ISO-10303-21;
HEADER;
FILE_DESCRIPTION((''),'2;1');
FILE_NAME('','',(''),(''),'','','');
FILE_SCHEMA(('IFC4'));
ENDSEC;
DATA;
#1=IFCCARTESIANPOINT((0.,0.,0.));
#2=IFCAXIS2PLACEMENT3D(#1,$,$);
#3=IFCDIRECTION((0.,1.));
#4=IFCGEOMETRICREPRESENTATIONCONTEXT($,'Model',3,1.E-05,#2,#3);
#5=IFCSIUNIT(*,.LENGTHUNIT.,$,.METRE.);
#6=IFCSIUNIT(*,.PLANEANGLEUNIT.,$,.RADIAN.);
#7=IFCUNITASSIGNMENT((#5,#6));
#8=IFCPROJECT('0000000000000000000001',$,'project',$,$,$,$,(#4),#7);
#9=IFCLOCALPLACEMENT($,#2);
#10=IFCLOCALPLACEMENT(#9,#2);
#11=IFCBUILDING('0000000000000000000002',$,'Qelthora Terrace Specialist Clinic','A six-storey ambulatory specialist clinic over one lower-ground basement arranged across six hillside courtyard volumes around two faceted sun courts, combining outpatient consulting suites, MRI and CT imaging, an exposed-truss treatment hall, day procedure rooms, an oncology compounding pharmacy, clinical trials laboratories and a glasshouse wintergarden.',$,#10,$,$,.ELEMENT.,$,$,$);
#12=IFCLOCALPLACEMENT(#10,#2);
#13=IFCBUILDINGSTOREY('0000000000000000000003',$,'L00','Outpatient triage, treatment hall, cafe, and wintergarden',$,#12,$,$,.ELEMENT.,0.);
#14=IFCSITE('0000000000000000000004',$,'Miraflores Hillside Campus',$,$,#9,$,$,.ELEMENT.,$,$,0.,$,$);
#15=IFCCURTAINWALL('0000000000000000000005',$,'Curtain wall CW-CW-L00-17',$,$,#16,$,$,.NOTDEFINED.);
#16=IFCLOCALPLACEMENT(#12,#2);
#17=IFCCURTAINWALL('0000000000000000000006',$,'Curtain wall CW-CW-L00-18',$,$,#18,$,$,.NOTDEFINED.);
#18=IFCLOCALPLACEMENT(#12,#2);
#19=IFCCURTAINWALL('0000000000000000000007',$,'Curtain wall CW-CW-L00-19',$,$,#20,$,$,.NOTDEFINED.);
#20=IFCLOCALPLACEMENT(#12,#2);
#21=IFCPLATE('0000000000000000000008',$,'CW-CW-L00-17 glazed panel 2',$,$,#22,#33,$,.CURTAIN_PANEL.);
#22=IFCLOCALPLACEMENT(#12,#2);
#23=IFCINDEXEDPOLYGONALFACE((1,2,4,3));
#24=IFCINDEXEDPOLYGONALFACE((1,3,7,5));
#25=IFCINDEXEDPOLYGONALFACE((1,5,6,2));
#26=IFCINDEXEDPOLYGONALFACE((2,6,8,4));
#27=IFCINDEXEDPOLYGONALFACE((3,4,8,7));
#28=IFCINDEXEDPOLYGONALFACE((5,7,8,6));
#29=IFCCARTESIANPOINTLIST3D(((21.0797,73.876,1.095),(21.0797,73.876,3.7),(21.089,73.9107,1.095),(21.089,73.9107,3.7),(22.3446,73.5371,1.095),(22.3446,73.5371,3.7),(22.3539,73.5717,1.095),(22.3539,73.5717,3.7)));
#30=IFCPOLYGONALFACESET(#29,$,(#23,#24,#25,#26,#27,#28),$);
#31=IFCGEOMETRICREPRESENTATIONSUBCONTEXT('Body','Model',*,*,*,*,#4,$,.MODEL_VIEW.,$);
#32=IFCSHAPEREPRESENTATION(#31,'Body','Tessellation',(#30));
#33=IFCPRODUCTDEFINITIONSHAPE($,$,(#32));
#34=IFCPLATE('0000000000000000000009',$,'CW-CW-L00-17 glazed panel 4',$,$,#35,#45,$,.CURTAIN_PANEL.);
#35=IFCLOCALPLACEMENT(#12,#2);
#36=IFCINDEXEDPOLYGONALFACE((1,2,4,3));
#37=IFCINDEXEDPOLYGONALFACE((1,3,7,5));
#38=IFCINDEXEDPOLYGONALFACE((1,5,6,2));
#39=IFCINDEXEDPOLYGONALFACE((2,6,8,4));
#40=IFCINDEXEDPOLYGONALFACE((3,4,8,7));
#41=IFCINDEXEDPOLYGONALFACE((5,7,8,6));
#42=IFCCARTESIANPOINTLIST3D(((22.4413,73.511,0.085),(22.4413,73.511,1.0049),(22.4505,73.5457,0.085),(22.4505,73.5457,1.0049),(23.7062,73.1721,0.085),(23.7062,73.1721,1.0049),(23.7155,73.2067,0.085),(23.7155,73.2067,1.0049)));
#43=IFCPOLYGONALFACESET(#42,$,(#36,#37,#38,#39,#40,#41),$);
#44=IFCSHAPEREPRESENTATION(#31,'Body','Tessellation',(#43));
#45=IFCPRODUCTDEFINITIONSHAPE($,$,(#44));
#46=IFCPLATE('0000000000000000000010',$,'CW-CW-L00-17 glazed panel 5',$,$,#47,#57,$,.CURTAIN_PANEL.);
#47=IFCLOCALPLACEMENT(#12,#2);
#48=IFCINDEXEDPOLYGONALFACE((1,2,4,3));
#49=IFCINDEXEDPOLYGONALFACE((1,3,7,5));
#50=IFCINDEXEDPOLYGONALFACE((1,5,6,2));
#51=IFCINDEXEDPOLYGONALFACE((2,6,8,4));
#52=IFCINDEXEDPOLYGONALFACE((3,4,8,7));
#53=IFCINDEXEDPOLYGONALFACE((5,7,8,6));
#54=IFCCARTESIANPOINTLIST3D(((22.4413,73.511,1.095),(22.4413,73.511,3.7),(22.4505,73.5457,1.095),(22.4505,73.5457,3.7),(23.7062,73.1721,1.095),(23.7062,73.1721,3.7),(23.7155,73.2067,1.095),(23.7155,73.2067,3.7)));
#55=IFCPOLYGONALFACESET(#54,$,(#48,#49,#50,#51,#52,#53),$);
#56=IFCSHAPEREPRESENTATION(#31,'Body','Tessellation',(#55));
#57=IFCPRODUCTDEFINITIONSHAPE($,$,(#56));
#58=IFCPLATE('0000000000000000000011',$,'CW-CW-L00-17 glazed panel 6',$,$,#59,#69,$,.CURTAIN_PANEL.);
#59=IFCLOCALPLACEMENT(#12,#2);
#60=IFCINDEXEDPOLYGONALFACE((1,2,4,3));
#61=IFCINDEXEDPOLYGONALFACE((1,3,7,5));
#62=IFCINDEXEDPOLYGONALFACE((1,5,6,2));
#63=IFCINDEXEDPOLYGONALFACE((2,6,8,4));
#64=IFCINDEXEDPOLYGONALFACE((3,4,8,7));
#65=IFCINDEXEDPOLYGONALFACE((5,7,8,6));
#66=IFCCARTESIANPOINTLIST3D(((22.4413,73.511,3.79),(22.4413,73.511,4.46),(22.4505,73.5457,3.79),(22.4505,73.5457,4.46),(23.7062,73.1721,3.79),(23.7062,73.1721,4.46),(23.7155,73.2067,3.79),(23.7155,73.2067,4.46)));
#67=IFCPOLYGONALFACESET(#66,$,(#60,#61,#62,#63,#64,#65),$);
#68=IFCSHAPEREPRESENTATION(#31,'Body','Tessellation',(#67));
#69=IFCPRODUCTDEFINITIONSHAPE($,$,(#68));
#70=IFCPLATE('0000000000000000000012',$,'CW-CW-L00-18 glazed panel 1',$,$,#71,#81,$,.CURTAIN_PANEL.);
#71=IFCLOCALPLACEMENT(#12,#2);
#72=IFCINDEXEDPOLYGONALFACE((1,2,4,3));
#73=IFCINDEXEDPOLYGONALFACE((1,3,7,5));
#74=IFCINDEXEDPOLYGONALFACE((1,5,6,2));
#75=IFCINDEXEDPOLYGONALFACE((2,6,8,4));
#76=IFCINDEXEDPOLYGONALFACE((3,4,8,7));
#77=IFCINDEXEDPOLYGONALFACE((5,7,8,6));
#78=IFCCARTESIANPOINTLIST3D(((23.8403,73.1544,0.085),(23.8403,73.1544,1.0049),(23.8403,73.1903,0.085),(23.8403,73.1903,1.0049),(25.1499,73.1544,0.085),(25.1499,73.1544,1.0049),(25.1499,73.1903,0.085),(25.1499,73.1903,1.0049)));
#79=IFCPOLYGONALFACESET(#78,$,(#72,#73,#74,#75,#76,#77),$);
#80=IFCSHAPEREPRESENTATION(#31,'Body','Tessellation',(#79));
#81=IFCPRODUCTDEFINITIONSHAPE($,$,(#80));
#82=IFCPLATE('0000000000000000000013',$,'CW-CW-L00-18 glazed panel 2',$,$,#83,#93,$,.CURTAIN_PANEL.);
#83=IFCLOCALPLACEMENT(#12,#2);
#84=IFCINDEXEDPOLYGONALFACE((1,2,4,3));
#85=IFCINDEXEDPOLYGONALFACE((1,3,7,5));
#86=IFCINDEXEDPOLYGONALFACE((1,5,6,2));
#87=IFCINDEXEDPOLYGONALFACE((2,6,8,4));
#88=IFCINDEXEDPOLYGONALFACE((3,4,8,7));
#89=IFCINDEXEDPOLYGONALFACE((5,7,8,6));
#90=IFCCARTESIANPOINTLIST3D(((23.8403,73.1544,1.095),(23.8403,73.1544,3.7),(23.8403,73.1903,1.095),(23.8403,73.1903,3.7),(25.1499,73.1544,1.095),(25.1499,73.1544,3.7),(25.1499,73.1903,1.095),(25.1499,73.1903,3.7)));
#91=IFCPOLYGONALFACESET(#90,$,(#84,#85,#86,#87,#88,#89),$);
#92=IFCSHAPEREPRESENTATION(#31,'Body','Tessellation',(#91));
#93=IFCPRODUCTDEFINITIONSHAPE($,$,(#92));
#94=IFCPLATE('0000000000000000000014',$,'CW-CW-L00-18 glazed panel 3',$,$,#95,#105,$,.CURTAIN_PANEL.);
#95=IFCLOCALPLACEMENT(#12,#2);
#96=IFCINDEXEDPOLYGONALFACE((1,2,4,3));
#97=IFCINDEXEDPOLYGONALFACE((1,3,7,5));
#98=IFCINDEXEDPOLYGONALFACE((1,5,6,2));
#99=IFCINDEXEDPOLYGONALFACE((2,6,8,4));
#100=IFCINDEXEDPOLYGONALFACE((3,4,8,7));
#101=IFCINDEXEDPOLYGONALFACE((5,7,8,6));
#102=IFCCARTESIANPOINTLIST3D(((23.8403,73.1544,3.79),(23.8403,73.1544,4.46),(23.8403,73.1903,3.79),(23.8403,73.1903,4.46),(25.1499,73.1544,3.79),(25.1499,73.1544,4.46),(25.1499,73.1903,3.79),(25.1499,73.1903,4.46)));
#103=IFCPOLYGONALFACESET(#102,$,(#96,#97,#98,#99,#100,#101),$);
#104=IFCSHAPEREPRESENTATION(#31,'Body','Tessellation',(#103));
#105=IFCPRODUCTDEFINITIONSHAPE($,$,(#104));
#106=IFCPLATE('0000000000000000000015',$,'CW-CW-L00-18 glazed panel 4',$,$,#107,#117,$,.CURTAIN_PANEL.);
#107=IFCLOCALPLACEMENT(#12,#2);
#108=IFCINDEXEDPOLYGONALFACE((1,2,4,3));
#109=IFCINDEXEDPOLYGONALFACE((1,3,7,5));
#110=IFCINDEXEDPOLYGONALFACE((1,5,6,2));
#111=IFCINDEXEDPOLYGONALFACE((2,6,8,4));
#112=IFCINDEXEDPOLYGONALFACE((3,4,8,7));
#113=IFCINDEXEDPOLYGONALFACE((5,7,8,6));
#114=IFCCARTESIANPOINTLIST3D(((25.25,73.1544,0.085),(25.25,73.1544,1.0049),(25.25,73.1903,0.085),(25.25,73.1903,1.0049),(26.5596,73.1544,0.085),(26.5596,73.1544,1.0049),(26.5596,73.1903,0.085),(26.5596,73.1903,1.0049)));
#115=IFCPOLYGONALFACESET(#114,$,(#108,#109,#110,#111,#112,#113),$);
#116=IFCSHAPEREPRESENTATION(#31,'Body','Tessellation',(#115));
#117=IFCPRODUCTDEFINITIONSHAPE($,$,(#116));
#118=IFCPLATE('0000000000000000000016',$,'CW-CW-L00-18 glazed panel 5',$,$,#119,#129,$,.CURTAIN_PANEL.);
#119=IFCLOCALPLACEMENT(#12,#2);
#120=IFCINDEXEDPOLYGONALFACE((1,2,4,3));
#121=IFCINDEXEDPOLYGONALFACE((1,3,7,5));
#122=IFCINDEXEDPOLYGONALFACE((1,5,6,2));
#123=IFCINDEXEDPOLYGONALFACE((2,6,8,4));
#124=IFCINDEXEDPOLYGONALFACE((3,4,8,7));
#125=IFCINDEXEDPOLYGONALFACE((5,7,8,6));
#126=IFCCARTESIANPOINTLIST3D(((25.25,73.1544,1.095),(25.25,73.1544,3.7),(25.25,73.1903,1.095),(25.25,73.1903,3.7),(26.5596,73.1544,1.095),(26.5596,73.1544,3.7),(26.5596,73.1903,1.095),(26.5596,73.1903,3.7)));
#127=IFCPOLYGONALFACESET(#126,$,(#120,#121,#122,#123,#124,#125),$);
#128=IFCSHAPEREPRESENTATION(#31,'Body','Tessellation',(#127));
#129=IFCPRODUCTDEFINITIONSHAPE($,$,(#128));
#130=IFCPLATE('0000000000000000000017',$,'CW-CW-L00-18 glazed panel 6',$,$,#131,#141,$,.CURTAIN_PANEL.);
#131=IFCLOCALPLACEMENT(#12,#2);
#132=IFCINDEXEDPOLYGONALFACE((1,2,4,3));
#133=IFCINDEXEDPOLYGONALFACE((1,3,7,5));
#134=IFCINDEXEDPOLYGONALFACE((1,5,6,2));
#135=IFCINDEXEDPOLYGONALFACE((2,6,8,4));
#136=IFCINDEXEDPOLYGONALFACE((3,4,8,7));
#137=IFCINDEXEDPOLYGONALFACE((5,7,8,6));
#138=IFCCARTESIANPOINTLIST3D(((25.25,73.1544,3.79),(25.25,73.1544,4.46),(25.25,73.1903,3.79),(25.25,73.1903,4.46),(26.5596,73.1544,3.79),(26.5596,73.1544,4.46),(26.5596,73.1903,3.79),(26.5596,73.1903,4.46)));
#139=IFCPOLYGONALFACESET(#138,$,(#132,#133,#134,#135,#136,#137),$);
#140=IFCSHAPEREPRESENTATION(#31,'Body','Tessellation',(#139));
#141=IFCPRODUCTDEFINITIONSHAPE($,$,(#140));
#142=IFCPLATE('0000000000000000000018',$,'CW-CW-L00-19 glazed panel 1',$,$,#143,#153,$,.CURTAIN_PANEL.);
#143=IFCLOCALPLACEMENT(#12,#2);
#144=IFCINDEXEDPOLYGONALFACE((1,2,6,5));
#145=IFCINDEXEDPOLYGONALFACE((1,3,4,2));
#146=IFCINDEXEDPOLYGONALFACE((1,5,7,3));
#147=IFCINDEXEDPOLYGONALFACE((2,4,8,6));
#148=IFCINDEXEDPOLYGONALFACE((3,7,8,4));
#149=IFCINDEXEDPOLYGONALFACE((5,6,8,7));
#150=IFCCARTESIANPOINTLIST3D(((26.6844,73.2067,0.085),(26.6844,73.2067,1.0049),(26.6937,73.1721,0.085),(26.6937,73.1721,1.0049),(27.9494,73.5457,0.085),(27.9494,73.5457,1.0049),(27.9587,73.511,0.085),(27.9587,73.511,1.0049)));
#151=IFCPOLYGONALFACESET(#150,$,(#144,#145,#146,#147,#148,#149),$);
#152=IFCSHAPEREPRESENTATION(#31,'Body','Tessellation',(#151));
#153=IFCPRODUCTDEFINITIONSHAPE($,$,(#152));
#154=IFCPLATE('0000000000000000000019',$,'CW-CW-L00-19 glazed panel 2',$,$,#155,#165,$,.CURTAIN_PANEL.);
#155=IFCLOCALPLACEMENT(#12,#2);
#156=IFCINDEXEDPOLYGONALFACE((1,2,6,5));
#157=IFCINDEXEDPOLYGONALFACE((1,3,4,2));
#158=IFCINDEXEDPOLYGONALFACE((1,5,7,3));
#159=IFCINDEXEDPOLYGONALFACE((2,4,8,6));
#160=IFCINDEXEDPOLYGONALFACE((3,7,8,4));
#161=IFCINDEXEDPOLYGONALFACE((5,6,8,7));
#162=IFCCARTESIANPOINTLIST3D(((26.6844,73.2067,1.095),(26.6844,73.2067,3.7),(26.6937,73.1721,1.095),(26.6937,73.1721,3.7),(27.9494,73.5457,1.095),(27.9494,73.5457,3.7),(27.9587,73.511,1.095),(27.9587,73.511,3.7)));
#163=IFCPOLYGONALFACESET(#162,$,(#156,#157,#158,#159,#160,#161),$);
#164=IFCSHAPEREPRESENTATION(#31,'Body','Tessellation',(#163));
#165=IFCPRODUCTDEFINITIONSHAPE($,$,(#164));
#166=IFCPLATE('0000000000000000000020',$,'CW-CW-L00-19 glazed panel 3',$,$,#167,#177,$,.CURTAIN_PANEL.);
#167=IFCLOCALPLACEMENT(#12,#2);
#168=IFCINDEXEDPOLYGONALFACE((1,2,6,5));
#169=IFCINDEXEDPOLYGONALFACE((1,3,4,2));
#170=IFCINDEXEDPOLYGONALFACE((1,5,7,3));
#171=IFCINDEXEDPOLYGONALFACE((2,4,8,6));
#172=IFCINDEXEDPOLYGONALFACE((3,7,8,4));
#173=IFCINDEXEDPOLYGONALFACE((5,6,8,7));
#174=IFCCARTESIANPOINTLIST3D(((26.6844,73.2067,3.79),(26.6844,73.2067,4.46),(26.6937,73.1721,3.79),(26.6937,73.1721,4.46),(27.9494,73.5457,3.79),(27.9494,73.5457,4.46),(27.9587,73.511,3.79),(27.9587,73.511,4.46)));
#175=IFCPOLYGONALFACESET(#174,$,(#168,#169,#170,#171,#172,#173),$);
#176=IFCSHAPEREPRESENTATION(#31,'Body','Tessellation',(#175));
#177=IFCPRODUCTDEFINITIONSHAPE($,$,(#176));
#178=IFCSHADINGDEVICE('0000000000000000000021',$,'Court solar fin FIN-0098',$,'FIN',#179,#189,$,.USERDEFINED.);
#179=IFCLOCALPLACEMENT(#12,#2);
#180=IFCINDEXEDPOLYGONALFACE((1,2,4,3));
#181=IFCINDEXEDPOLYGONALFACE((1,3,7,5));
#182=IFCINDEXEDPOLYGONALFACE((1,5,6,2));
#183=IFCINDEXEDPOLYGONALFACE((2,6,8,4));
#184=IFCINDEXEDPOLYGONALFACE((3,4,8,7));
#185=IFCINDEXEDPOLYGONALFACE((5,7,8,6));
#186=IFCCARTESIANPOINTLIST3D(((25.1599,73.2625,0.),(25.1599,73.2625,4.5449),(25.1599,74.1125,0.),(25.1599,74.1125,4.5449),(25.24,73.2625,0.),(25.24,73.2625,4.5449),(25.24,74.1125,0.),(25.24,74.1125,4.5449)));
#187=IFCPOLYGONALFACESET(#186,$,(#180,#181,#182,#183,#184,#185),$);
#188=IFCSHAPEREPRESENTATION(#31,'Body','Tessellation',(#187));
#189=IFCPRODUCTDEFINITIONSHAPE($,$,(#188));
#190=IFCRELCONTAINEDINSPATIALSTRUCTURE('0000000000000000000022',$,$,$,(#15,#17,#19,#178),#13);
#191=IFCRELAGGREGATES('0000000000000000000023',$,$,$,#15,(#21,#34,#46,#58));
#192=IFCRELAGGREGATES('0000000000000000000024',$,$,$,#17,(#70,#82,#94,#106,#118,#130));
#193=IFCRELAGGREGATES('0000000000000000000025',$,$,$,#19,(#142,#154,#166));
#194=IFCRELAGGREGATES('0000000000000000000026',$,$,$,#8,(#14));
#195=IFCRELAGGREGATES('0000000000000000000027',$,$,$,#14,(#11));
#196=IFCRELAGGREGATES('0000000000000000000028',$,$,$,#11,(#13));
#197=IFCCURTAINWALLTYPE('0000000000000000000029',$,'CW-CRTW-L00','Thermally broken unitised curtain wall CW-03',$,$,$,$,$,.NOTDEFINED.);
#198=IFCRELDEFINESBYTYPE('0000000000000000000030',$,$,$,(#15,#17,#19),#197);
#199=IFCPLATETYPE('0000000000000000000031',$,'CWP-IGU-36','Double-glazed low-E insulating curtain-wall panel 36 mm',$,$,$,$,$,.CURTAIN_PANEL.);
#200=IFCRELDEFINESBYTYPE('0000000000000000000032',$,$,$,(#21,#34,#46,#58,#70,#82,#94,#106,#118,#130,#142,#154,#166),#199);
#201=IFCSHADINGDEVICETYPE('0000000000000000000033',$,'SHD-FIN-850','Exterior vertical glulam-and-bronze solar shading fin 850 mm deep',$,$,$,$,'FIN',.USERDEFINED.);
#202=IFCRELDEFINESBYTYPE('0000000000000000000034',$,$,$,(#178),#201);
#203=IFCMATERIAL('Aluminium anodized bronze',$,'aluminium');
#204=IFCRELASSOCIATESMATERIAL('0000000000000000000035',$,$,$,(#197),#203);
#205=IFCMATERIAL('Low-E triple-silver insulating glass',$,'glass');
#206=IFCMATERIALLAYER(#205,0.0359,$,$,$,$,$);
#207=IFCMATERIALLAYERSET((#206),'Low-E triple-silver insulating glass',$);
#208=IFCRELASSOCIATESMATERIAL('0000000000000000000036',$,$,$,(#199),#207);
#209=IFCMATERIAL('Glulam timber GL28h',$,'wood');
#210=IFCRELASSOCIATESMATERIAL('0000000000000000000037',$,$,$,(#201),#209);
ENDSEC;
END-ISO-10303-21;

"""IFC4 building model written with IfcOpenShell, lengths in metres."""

from ifc_helpers import new_model, si_unit, direction, frame, origin, origin_2d, place, context, subcontext, project, spatial, rectangle, extrude, material, layer, layer_set, type_object, element, aggregate, save


model = new_model("IFC4")

# Units and contexts
model_context = context("Model", 3, precision=1e-05, world=origin(), true_north=direction((0.0, 1.0)))
body_context = subcontext(model_context, "Body", "Model", "MODEL_VIEW")
ifc_project = project(units=[si_unit("LENGTHUNIT", "METRE"), si_unit("PLANEANGLEUNIT", "RADIAN")], contexts=[model_context])

# Site, building, storey
site_placement = place(None, origin())
site = spatial("IfcSite", under=ifc_project, at=site_placement, Name="Miraflores Hillside Campus", CompositionType="ELEMENT", RefElevation=0.0)
building_placement = place(site_placement, origin())
building = spatial("IfcBuilding", under=site, at=building_placement, Name="Qelthora Terrace Specialist Clinic", Description="A six-storey ambulatory specialist clinic over one lower-ground basement arranged across six hillside courtyard volumes around two faceted sun courts, combining outpatient consulting suites, MRI and CT imaging, an exposed-truss treatment hall, day procedure rooms, an oncology compounding pharmacy, clinical trials laboratories and a glasshouse wintergarden.", CompositionType="ELEMENT")
storey_placement = place(building_placement, origin())
storey = spatial("IfcBuildingStorey", under=building, at=storey_placement, Name="L00", Description="Outpatient triage, treatment hall, cafe, and wintergarden", CompositionType="ELEMENT", Elevation=0.0)

# Curtain walls
ifc_material_1 = material(Name="Aluminium anodized bronze", Category="aluminium")
curtain_wall_type = type_object("IfcCurtainWallType", Name="CW-CRTW-L00", Description="Thermally broken unitised curtain wall CW-03", PredefinedType="NOTDEFINED", material=ifc_material_1)
curtain_wall_1_placement = place(storey_placement, origin())
curtain_wall_1 = element("IfcCurtainWall", 1, at=curtain_wall_1_placement, inside=storey, type_object=curtain_wall_type, Name="Curtain wall CW-CW-L00-17", PredefinedType="NOTDEFINED")
curtain_wall_2_placement = place(storey_placement, origin())
curtain_wall_2 = element("IfcCurtainWall", 2, at=curtain_wall_2_placement, inside=storey, type_object=curtain_wall_type, Name="Curtain wall CW-CW-L00-18", PredefinedType="NOTDEFINED")
curtain_wall_3_placement = place(storey_placement, origin())
curtain_wall_3 = element("IfcCurtainWall", 3, at=curtain_wall_3_placement, inside=storey, type_object=curtain_wall_type, Name="Curtain wall CW-CW-L00-19", PredefinedType="NOTDEFINED")

# Plates
ifc_material_2 = material(Name="Low-E triple-silver insulating glass", Category="glass")
ifc_layer = layer(ifc_material_2, 0.0359)
ifc_layer_set = layer_set([ifc_layer], Name="Low-E triple-silver insulating glass")
plate_type = type_object("IfcPlateType", Name="CWP-IGU-36", Description="Double-glazed low-E insulating curtain-wall panel 36 mm", PredefinedType="CURTAIN_PANEL", material=ifc_layer_set)
plate_1_placement = place(storey_placement, frame((21.7168, 73.7239, 1.095), z_axis=(0.0, 0.0, 1.0), x_axis=(0.965925, -0.258821, 0.0)))
plate_1 = element("IfcPlate", 4, at=plate_1_placement, type_object=plate_type, Name="CW-CW-L00-17 glazed panel 2", PredefinedType="CURTAIN_PANEL", context=body_context, shape_type="SweptSolid", body=[
    extrude(rectangle(XDim=1.3096, YDim=0.0359, at=origin_2d()), origin(), (0.0, 0.0, 1.0), 2.605),
])
plate_2_placement = place(storey_placement, frame((23.0784, 73.3589, 0.085), z_axis=(0.0, 0.0, 1.0), x_axis=(0.965925, -0.258821, 0.0)))
plate_2 = element("IfcPlate", 5, at=plate_2_placement, type_object=plate_type, Name="CW-CW-L00-17 glazed panel 4", PredefinedType="CURTAIN_PANEL", context=body_context, shape_type="SweptSolid", body=[
    extrude(rectangle(XDim=1.3096, YDim=0.0359, at=origin_2d()), origin(), (0.0, 0.0, 1.0), 0.9199),
])
plate_3_placement = place(storey_placement, frame((23.0784, 73.3589, 1.095), z_axis=(0.0, 0.0, 1.0), x_axis=(0.965925, -0.258821, 0.0)))
plate_3 = element("IfcPlate", 6, at=plate_3_placement, type_object=plate_type, Name="CW-CW-L00-17 glazed panel 5", PredefinedType="CURTAIN_PANEL", context=body_context, shape_type="SweptSolid", body=[
    extrude(rectangle(XDim=1.3096, YDim=0.0359, at=origin_2d()), origin(), (0.0, 0.0, 1.0), 2.605),
])
plate_4_placement = place(storey_placement, frame((23.0784, 73.3589, 3.79), z_axis=(0.0, 0.0, 1.0), x_axis=(0.965925, -0.258821, 0.0)))
plate_4 = element("IfcPlate", 7, at=plate_4_placement, type_object=plate_type, Name="CW-CW-L00-17 glazed panel 6", PredefinedType="CURTAIN_PANEL", context=body_context, shape_type="SweptSolid", body=[
    extrude(rectangle(XDim=1.3096, YDim=0.0359, at=origin_2d()), origin(), (0.0, 0.0, 1.0), 0.6699),
])
aggregate(curtain_wall_1, [plate_1, plate_2, plate_3, plate_4])
plate_5_placement = place(storey_placement, frame((24.4951, 73.1724, 0.085), z_axis=(0.0, 0.0, 1.0), x_axis=(1.0, 0.0, 0.0)))
plate_5 = element("IfcPlate", 8, at=plate_5_placement, type_object=plate_type, Name="CW-CW-L00-18 glazed panel 1", PredefinedType="CURTAIN_PANEL", context=body_context, shape_type="SweptSolid", body=[
    extrude(rectangle(XDim=1.3096, YDim=0.0359, at=origin_2d()), origin(), (0.0, 0.0, 1.0), 0.9199),
])
plate_6_placement = place(storey_placement, frame((24.4951, 73.1724, 1.095), z_axis=(0.0, 0.0, 1.0), x_axis=(1.0, 0.0, 0.0)))
plate_6 = element("IfcPlate", 9, at=plate_6_placement, type_object=plate_type, Name="CW-CW-L00-18 glazed panel 2", PredefinedType="CURTAIN_PANEL", context=body_context, shape_type="SweptSolid", body=[
    extrude(rectangle(XDim=1.3096, YDim=0.0359, at=origin_2d()), origin(), (0.0, 0.0, 1.0), 2.605),
])
plate_7_placement = place(storey_placement, frame((24.4951, 73.1724, 3.79), z_axis=(0.0, 0.0, 1.0), x_axis=(1.0, 0.0, 0.0)))
plate_7 = element("IfcPlate", 10, at=plate_7_placement, type_object=plate_type, Name="CW-CW-L00-18 glazed panel 3", PredefinedType="CURTAIN_PANEL", context=body_context, shape_type="SweptSolid", body=[
    extrude(rectangle(XDim=1.3096, YDim=0.0359, at=origin_2d()), origin(), (0.0, 0.0, 1.0), 0.6699),
])
plate_8_placement = place(storey_placement, frame((25.9048, 73.1724, 0.085), z_axis=(0.0, 0.0, 1.0), x_axis=(1.0, 0.0, 0.0)))
plate_8 = element("IfcPlate", 11, at=plate_8_placement, type_object=plate_type, Name="CW-CW-L00-18 glazed panel 4", PredefinedType="CURTAIN_PANEL", context=body_context, shape_type="SweptSolid", body=[
    extrude(rectangle(XDim=1.3096, YDim=0.0359, at=origin_2d()), origin(), (0.0, 0.0, 1.0), 0.9199),
])
plate_9_placement = place(storey_placement, frame((25.9048, 73.1724, 1.095), z_axis=(0.0, 0.0, 1.0), x_axis=(1.0, 0.0, 0.0)))
plate_9 = element("IfcPlate", 12, at=plate_9_placement, type_object=plate_type, Name="CW-CW-L00-18 glazed panel 5", PredefinedType="CURTAIN_PANEL", context=body_context, shape_type="SweptSolid", body=[
    extrude(rectangle(XDim=1.3096, YDim=0.0359, at=origin_2d()), origin(), (0.0, 0.0, 1.0), 2.605),
])
plate_10_placement = place(storey_placement, frame((25.9048, 73.1724, 3.79), z_axis=(0.0, 0.0, 1.0), x_axis=(1.0, 0.0, 0.0)))
plate_10 = element("IfcPlate", 13, at=plate_10_placement, type_object=plate_type, Name="CW-CW-L00-18 glazed panel 6", PredefinedType="CURTAIN_PANEL", context=body_context, shape_type="SweptSolid", body=[
    extrude(rectangle(XDim=1.3096, YDim=0.0359, at=origin_2d()), origin(), (0.0, 0.0, 1.0), 0.6699),
])
aggregate(curtain_wall_2, [plate_5, plate_6, plate_7, plate_8, plate_9, plate_10])
plate_11_placement = place(storey_placement, frame((27.3215, 73.3589, 0.085), z_axis=(0.0, 0.0, 1.0), x_axis=(0.965925, 0.258821, 0.0)))
plate_11 = element("IfcPlate", 14, at=plate_11_placement, type_object=plate_type, Name="CW-CW-L00-19 glazed panel 1", PredefinedType="CURTAIN_PANEL", context=body_context, shape_type="SweptSolid", body=[
    extrude(rectangle(XDim=1.3096, YDim=0.0359, at=origin_2d()), origin(), (0.0, 0.0, 1.0), 0.9199),
])
plate_12_placement = place(storey_placement, frame((27.3215, 73.3589, 1.095), z_axis=(0.0, 0.0, 1.0), x_axis=(0.965925, 0.258821, 0.0)))
plate_12 = element("IfcPlate", 15, at=plate_12_placement, type_object=plate_type, Name="CW-CW-L00-19 glazed panel 2", PredefinedType="CURTAIN_PANEL", context=body_context, shape_type="SweptSolid", body=[
    extrude(rectangle(XDim=1.3096, YDim=0.0359, at=origin_2d()), origin(), (0.0, 0.0, 1.0), 2.605),
])
plate_13_placement = place(storey_placement, frame((27.3215, 73.3589, 3.79), z_axis=(0.0, 0.0, 1.0), x_axis=(0.965925, 0.258821, 0.0)))
plate_13 = element("IfcPlate", 16, at=plate_13_placement, type_object=plate_type, Name="CW-CW-L00-19 glazed panel 3", PredefinedType="CURTAIN_PANEL", context=body_context, shape_type="SweptSolid", body=[
    extrude(rectangle(XDim=1.3096, YDim=0.0359, at=origin_2d()), origin(), (0.0, 0.0, 1.0), 0.6699),
])
aggregate(curtain_wall_3, [plate_11, plate_12, plate_13])

# Shading device
ifc_material_3 = material(Name="Glulam timber GL28h", Category="wood")
shading_device_type = type_object("IfcShadingDeviceType", Name="SHD-FIN-850", Description="Exterior vertical glulam-and-bronze solar shading fin 850 mm deep", ElementType="FIN", PredefinedType="USERDEFINED", material=ifc_material_3)
shading_device_placement = place(storey_placement, frame((25.2, 73.6875, 0.0), z_axis=(0.0, 0.0, 1.0), x_axis=(0.0, 1.0, 0.0)))
element("IfcShadingDevice", 17, at=shading_device_placement, inside=storey, type_object=shading_device_type, Name="Court solar fin FIN-0098", ObjectType="FIN", PredefinedType="USERDEFINED", context=body_context, shape_type="SweptSolid", body=[
    extrude(rectangle(XDim=0.8501, YDim=0.0801, at=origin_2d()), origin(), (0.0, 0.0, 1.0), 4.5449),
])

save(model, "model.ifc")
